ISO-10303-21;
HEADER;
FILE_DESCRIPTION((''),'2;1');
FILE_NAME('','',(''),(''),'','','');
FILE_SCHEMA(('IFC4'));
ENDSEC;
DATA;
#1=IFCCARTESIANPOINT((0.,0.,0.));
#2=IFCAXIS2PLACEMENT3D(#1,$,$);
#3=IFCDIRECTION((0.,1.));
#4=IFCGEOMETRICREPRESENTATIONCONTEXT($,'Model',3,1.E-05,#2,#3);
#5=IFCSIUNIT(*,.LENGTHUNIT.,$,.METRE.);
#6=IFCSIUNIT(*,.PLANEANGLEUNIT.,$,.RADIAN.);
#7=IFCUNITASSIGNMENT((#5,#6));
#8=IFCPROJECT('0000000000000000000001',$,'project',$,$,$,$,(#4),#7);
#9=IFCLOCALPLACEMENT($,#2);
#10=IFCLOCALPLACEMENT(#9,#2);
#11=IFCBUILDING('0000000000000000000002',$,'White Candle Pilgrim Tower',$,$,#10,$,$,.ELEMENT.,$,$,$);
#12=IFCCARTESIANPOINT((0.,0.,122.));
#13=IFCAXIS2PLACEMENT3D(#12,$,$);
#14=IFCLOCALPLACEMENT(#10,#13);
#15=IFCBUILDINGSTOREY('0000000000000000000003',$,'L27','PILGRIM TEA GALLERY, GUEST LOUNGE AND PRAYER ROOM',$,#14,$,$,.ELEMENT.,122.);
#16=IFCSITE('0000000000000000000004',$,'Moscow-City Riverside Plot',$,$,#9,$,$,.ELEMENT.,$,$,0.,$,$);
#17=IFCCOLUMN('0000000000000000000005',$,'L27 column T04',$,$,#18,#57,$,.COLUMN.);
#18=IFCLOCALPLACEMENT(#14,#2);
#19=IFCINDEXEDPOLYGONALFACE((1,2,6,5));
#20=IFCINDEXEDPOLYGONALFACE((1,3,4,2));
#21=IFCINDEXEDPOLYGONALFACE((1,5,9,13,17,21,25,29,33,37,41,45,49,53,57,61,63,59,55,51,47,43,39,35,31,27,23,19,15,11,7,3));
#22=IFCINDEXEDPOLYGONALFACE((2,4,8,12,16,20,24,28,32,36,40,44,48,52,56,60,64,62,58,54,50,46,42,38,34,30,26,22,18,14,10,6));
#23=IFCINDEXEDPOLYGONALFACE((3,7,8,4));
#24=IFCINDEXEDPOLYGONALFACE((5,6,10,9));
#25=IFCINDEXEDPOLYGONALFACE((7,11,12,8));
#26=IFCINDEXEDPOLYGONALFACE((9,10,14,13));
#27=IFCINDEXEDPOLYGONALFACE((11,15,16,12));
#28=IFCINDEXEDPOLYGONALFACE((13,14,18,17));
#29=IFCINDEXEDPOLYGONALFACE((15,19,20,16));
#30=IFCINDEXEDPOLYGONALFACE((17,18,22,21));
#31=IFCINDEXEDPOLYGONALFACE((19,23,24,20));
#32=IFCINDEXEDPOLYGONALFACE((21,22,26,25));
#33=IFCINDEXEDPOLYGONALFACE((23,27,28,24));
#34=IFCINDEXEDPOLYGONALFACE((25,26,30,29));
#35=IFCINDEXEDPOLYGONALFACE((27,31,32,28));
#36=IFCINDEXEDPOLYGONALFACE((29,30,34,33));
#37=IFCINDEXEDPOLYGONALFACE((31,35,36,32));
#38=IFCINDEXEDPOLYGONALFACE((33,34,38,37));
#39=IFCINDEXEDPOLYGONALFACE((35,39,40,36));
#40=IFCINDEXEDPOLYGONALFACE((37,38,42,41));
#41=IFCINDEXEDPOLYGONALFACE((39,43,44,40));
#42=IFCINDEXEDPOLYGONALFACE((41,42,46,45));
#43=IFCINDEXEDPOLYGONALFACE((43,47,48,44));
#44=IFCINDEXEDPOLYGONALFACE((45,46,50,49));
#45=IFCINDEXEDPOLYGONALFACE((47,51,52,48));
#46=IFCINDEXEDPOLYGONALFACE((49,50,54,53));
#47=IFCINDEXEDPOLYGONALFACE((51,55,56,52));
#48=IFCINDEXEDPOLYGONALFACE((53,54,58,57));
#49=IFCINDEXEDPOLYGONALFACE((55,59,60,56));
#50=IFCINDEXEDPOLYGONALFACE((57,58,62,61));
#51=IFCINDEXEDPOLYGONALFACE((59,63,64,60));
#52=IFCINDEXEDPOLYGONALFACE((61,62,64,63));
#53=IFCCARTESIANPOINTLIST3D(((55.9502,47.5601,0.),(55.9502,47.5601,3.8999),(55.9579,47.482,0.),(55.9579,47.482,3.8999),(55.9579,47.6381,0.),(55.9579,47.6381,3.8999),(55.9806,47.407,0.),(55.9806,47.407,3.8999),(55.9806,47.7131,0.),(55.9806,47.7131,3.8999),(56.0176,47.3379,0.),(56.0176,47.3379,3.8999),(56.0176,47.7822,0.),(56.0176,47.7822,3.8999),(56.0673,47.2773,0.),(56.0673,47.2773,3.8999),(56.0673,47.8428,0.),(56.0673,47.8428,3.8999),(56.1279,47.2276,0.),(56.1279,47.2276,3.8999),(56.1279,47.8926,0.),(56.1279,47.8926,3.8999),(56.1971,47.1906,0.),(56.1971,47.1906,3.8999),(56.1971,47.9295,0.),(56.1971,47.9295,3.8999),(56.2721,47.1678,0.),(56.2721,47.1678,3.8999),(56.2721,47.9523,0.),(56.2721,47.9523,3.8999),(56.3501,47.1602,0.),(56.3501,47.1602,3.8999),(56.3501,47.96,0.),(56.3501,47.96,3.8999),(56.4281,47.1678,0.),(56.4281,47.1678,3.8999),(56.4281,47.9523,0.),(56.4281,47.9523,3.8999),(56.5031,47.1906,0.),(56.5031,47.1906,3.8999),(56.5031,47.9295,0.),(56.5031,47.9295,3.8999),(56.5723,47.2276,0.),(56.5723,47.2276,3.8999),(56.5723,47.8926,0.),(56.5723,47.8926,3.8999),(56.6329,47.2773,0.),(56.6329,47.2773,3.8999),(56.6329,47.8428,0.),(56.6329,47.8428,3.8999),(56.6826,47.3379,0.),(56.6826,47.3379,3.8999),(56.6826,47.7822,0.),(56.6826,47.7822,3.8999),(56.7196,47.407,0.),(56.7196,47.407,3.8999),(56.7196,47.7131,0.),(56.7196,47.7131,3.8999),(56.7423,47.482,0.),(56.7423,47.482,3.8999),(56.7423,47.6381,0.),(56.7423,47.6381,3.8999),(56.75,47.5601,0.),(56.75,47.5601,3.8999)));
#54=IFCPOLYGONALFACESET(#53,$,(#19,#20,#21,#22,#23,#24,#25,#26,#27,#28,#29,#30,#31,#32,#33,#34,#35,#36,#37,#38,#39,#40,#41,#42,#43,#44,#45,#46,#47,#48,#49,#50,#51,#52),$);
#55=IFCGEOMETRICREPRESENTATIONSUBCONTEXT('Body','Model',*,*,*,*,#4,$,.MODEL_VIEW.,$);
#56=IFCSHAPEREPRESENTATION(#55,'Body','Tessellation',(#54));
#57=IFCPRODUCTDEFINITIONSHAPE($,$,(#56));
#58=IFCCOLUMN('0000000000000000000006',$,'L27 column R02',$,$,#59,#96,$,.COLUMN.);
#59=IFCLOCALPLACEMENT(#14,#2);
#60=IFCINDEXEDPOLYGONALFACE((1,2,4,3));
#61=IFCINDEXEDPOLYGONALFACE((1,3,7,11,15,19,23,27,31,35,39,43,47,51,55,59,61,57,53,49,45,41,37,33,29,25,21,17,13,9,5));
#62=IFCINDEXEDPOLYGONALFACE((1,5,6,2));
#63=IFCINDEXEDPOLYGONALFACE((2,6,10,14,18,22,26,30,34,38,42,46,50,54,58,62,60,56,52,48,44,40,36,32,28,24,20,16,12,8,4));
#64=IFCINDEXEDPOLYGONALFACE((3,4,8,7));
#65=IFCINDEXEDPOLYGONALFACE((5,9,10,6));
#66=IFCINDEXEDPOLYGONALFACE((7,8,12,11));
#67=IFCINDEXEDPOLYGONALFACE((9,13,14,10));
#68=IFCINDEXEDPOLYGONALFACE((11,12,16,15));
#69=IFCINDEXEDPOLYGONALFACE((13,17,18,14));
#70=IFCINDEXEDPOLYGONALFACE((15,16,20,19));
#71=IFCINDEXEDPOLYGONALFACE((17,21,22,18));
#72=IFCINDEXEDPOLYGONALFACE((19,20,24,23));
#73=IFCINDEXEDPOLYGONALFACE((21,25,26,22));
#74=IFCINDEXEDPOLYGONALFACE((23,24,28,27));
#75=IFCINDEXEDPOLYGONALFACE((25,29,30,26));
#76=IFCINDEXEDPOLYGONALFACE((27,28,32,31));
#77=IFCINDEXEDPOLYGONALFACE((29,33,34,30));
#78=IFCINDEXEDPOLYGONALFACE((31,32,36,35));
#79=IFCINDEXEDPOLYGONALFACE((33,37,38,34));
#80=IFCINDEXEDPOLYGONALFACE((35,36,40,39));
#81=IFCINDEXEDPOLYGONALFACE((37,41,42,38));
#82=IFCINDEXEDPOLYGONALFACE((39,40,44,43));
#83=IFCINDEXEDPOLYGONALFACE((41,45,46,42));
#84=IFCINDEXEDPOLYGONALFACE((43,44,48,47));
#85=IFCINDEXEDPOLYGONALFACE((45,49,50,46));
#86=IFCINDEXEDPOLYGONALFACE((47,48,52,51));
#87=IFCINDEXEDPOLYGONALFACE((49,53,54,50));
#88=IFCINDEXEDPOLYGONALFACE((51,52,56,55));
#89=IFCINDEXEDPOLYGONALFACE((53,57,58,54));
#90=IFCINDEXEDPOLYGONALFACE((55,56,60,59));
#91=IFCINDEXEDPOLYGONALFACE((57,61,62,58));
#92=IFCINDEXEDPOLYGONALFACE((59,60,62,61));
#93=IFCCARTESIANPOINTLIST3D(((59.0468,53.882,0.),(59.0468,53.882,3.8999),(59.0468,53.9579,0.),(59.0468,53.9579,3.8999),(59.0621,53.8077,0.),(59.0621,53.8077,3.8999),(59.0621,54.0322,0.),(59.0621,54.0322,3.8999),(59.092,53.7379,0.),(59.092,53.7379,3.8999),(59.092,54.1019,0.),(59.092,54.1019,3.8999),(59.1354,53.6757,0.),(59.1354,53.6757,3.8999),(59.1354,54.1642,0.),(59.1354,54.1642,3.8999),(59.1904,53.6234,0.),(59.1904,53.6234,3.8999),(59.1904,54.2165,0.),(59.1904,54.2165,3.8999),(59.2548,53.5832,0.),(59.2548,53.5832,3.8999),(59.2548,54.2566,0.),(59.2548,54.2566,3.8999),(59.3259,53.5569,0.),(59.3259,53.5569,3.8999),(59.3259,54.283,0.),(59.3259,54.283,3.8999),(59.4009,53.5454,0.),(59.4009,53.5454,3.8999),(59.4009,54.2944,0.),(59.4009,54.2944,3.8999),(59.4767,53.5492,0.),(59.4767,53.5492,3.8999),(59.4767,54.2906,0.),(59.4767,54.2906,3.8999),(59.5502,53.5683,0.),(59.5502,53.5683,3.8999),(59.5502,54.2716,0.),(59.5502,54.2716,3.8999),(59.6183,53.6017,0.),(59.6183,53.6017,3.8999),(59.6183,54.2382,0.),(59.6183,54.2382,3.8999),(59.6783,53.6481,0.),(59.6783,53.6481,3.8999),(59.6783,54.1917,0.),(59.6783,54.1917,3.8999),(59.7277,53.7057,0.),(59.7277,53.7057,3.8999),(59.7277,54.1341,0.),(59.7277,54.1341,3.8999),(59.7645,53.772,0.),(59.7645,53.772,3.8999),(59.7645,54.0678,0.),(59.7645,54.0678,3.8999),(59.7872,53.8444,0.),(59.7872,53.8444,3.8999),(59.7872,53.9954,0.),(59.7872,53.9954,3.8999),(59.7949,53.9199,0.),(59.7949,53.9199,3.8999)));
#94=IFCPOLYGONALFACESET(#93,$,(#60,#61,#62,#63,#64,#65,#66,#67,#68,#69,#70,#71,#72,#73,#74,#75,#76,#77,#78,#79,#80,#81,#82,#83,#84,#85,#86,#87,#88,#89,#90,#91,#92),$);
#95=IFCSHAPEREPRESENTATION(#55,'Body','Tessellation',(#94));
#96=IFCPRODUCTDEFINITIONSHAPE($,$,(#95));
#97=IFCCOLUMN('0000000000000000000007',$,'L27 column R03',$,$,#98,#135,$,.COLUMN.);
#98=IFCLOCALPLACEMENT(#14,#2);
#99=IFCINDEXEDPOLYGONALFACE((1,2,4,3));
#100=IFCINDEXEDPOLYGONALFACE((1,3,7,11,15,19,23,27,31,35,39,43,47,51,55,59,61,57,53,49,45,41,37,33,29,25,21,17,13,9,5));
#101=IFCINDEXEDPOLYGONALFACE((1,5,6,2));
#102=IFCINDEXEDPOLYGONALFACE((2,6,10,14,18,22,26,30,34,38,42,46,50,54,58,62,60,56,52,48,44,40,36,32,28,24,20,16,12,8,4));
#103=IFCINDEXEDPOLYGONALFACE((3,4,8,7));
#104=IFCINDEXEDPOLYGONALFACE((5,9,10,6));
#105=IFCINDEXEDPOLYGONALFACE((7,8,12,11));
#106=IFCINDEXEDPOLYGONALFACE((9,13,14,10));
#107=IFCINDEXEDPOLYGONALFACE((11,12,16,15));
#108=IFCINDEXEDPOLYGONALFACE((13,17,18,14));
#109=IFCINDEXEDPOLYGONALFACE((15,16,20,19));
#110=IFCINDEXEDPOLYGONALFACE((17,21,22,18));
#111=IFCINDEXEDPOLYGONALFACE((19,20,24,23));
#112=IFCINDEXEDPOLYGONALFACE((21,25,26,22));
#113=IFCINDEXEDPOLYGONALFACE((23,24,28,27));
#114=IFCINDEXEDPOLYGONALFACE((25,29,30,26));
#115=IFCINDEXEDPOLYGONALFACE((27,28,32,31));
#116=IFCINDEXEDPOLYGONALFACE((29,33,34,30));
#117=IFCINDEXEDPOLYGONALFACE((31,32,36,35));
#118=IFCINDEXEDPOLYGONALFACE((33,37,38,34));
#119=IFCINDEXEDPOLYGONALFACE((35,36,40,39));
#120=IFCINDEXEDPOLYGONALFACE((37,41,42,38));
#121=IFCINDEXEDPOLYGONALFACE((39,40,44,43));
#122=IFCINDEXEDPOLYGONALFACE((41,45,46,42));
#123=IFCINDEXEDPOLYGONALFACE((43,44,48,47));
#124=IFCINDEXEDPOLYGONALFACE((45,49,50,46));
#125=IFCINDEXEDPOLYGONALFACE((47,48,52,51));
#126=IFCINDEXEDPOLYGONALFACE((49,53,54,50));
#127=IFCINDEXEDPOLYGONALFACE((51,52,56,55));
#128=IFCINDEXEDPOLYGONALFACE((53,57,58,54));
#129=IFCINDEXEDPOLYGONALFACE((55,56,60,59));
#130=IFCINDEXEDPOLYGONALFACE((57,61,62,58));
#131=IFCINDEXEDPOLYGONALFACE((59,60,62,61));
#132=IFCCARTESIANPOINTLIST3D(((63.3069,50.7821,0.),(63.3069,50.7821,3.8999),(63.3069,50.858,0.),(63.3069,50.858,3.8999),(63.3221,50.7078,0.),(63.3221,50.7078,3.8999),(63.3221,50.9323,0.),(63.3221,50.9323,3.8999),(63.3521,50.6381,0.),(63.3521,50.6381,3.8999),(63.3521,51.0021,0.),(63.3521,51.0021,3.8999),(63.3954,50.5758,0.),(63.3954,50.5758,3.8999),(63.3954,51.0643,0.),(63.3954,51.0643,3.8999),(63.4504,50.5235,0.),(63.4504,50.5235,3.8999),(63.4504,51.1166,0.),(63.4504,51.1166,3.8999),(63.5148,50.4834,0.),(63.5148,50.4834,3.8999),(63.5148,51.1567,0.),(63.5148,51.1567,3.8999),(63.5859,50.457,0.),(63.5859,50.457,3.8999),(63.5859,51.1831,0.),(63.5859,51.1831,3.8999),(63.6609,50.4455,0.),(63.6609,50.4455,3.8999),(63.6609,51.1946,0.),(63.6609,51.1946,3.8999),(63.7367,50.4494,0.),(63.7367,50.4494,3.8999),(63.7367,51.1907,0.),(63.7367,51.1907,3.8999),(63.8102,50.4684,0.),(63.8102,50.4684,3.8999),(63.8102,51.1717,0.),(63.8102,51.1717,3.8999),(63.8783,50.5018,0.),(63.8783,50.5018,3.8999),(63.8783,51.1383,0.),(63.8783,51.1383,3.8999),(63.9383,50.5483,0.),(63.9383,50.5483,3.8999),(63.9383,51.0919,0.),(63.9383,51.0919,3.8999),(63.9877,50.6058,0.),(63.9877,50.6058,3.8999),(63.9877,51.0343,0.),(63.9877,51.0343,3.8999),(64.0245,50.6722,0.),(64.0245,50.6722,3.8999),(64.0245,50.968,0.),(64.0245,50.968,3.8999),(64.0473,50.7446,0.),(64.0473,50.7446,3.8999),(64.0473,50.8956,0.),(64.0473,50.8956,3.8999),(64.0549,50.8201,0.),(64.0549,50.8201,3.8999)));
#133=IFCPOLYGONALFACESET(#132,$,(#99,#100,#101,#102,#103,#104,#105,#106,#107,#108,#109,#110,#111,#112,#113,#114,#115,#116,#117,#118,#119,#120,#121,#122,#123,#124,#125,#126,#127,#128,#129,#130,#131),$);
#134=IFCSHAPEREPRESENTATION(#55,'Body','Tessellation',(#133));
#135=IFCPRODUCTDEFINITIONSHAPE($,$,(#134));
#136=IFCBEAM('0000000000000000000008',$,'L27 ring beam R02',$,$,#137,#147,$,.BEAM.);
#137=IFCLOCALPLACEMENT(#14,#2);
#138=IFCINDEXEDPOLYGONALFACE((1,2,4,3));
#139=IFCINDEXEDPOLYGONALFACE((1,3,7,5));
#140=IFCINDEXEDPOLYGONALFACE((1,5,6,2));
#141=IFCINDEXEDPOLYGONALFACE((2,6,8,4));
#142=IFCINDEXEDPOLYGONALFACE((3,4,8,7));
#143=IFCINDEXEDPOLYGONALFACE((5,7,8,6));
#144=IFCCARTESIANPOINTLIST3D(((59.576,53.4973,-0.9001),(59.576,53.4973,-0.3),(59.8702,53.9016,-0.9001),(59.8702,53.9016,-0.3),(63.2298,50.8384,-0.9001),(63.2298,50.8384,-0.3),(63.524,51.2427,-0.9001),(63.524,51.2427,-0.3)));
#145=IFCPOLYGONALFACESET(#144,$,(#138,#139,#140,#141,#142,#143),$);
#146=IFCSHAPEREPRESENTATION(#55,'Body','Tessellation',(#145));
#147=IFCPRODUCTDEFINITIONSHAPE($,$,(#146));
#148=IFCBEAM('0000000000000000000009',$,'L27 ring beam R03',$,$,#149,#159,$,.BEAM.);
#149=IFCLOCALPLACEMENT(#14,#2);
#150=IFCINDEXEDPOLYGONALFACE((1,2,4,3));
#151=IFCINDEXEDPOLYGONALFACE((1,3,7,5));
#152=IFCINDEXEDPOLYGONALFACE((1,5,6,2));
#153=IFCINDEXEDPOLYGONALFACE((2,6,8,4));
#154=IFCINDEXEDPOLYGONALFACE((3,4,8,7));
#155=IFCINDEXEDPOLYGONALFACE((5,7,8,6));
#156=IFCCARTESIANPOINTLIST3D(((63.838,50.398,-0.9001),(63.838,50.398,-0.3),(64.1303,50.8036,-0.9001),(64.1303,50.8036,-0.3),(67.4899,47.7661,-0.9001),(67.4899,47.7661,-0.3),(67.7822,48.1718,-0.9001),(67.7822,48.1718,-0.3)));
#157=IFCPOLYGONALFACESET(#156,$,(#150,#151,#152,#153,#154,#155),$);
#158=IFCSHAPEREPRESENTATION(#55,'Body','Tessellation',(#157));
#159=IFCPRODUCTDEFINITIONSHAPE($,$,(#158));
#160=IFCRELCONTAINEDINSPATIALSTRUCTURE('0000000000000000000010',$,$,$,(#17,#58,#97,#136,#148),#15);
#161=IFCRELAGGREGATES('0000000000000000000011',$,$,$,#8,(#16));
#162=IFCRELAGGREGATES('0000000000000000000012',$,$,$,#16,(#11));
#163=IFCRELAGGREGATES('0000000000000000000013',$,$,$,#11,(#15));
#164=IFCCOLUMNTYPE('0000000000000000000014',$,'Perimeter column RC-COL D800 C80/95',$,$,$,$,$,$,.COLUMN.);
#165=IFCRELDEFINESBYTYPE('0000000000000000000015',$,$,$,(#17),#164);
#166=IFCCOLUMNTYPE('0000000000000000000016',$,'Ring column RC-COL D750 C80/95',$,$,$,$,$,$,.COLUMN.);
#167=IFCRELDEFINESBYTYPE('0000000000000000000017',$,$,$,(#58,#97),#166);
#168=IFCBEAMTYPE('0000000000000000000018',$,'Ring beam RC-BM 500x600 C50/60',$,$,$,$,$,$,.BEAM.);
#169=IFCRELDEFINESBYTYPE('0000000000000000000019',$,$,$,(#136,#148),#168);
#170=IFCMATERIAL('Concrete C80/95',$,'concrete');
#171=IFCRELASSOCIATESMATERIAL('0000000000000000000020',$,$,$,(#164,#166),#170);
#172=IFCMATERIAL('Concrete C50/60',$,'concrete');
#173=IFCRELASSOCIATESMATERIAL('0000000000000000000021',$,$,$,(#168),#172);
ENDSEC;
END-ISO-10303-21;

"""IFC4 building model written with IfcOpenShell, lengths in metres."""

from ifc_helpers import new_model, si_unit, direction, frame, origin, origin_2d, place, context, subcontext, project, spatial, rectangle, circle, extrude, material, material_profile, profile_set, type_object, element, save


model = new_model("IFC4")

# Units and contexts
model_context = context("Model", 3, precision=1e-05, world=origin(), true_north=direction((0.0, 1.0)))
body_context = subcontext(model_context, "Body", "Model", "MODEL_VIEW")
ifc_project = project(units=[si_unit("LENGTHUNIT", "METRE"), si_unit("PLANEANGLEUNIT", "RADIAN")], contexts=[model_context])

# Site, building, storey
site_placement = place(None, origin())
site = spatial("IfcSite", under=ifc_project, at=site_placement, Name="Moscow-City Riverside Plot", CompositionType="ELEMENT", RefElevation=0.0)
building_placement = place(site_placement, origin())
building = spatial("IfcBuilding", under=site, at=building_placement, Name="White Candle Pilgrim Tower", CompositionType="ELEMENT")
storey_placement = place(building_placement, frame((0.0, 0.0, 122.0)))
storey = spatial("IfcBuildingStorey", under=building, at=storey_placement, Name="L27", Description="PILGRIM TEA GALLERY, GUEST LOUNGE AND PRAYER ROOM", CompositionType="ELEMENT", Elevation=122.0)

# Columns
ifc_material_1 = material(Name="Concrete C80/95", Category="concrete")
ifc_material_profile_1 = material_profile(ifc_material_1, circle(Radius=0.3999, at=origin_2d()), Name="RC-COL D800")
ifc_profile_set_1 = profile_set([ifc_material_profile_1], Name="Concrete C80/95")
column_type_1 = type_object("IfcColumnType", Name="Perimeter column RC-COL D800 C80/95", PredefinedType="COLUMN", material=ifc_profile_set_1)
column_placement = place(storey_placement, frame((56.3501, 47.5601, 0.0), z_axis=(0.0, 0.0, 1.0), x_axis=(1.0, 0.0, 0.0)))
element("IfcColumn", 1, at=column_placement, inside=storey, type_object=column_type_1, Name="L27 column T04", PredefinedType="COLUMN", context=body_context, shape_type="SweptSolid", body=[
    extrude(circle(Radius=0.3999, at=origin_2d()), origin(), (0.0, 0.0, 1.0), 3.8999),
])
ifc_material_profile_2 = material_profile(ifc_material_1, circle(Radius=0.375, at=origin_2d()), Name="RC-COL D750")
ifc_profile_set_2 = profile_set([ifc_material_profile_2], Name="Concrete C80/95")
column_type_2 = type_object("IfcColumnType", Name="Ring column RC-COL D750 C80/95", PredefinedType="COLUMN", material=ifc_profile_set_2)
for number, where, z_axis, x_axis, name in (
    (2, (59.4199, 53.9199, 0.0), (0.0, 0.0, 1.0), (1.0, 0.0, 0.0), "L27 column R02"),
    (3, (63.6799, 50.8201, 0.0), (0.0, 0.0, 1.0), (1.0, 0.0, 0.0), "L27 column R03"),
):
    element("IfcColumn", number, at=place(storey_placement, frame(where, z_axis=z_axis, x_axis=x_axis)), inside=storey, type_object=column_type_2, Name=name, PredefinedType="COLUMN", context=body_context, shape_type="SweptSolid", body=[
        extrude(circle(Radius=0.375, at=origin_2d()), origin(), (0.0, 0.0, 1.0), 3.8999),
    ])

# Beams
ifc_material_2 = material(Name="Concrete C50/60", Category="concrete")
ifc_material_profile_3 = material_profile(ifc_material_2, rectangle(XDim=0.5, YDim=0.6001, at=origin_2d()), Name="RC-BM 500x600")
ifc_profile_set_3 = profile_set([ifc_material_profile_3], Name="Concrete C50/60")
beam_type = type_object("IfcBeamType", Name="Ring beam RC-BM 500x600 C50/60", PredefinedType="BEAM", material=ifc_profile_set_3)
beam_1_placement = place(storey_placement, frame((59.7231, 53.6995, -0.6001), z_axis=(0.808566, -0.588406, 0.0), x_axis=(0.588406, 0.808566, 0.0)))
element("IfcBeam", 4, at=beam_1_placement, inside=storey, type_object=beam_type, Name="L27 ring beam R02", PredefinedType="BEAM", context=body_context, shape_type="SweptSolid", body=[
    extrude(rectangle(XDim=0.5, YDim=0.6001, at=origin_2d()), origin(), (0.0, 0.0, 1.0), 4.5188),
])
beam_2_placement = place(storey_placement, frame((63.9841, 50.6008, -0.6001), z_axis=(0.811271, -0.58467, 0.0), x_axis=(0.58467, 0.811271, 0.0)))
element("IfcBeam", 5, at=beam_2_placement, inside=storey, type_object=beam_type, Name="L27 ring beam R03", PredefinedType="BEAM", context=body_context, shape_type="SweptSolid", body=[
    extrude(rectangle(XDim=0.5, YDim=0.6001, at=origin_2d()), origin(), (0.0, 0.0, 1.0), 4.5015),
])

save(model, "model.ifc")
